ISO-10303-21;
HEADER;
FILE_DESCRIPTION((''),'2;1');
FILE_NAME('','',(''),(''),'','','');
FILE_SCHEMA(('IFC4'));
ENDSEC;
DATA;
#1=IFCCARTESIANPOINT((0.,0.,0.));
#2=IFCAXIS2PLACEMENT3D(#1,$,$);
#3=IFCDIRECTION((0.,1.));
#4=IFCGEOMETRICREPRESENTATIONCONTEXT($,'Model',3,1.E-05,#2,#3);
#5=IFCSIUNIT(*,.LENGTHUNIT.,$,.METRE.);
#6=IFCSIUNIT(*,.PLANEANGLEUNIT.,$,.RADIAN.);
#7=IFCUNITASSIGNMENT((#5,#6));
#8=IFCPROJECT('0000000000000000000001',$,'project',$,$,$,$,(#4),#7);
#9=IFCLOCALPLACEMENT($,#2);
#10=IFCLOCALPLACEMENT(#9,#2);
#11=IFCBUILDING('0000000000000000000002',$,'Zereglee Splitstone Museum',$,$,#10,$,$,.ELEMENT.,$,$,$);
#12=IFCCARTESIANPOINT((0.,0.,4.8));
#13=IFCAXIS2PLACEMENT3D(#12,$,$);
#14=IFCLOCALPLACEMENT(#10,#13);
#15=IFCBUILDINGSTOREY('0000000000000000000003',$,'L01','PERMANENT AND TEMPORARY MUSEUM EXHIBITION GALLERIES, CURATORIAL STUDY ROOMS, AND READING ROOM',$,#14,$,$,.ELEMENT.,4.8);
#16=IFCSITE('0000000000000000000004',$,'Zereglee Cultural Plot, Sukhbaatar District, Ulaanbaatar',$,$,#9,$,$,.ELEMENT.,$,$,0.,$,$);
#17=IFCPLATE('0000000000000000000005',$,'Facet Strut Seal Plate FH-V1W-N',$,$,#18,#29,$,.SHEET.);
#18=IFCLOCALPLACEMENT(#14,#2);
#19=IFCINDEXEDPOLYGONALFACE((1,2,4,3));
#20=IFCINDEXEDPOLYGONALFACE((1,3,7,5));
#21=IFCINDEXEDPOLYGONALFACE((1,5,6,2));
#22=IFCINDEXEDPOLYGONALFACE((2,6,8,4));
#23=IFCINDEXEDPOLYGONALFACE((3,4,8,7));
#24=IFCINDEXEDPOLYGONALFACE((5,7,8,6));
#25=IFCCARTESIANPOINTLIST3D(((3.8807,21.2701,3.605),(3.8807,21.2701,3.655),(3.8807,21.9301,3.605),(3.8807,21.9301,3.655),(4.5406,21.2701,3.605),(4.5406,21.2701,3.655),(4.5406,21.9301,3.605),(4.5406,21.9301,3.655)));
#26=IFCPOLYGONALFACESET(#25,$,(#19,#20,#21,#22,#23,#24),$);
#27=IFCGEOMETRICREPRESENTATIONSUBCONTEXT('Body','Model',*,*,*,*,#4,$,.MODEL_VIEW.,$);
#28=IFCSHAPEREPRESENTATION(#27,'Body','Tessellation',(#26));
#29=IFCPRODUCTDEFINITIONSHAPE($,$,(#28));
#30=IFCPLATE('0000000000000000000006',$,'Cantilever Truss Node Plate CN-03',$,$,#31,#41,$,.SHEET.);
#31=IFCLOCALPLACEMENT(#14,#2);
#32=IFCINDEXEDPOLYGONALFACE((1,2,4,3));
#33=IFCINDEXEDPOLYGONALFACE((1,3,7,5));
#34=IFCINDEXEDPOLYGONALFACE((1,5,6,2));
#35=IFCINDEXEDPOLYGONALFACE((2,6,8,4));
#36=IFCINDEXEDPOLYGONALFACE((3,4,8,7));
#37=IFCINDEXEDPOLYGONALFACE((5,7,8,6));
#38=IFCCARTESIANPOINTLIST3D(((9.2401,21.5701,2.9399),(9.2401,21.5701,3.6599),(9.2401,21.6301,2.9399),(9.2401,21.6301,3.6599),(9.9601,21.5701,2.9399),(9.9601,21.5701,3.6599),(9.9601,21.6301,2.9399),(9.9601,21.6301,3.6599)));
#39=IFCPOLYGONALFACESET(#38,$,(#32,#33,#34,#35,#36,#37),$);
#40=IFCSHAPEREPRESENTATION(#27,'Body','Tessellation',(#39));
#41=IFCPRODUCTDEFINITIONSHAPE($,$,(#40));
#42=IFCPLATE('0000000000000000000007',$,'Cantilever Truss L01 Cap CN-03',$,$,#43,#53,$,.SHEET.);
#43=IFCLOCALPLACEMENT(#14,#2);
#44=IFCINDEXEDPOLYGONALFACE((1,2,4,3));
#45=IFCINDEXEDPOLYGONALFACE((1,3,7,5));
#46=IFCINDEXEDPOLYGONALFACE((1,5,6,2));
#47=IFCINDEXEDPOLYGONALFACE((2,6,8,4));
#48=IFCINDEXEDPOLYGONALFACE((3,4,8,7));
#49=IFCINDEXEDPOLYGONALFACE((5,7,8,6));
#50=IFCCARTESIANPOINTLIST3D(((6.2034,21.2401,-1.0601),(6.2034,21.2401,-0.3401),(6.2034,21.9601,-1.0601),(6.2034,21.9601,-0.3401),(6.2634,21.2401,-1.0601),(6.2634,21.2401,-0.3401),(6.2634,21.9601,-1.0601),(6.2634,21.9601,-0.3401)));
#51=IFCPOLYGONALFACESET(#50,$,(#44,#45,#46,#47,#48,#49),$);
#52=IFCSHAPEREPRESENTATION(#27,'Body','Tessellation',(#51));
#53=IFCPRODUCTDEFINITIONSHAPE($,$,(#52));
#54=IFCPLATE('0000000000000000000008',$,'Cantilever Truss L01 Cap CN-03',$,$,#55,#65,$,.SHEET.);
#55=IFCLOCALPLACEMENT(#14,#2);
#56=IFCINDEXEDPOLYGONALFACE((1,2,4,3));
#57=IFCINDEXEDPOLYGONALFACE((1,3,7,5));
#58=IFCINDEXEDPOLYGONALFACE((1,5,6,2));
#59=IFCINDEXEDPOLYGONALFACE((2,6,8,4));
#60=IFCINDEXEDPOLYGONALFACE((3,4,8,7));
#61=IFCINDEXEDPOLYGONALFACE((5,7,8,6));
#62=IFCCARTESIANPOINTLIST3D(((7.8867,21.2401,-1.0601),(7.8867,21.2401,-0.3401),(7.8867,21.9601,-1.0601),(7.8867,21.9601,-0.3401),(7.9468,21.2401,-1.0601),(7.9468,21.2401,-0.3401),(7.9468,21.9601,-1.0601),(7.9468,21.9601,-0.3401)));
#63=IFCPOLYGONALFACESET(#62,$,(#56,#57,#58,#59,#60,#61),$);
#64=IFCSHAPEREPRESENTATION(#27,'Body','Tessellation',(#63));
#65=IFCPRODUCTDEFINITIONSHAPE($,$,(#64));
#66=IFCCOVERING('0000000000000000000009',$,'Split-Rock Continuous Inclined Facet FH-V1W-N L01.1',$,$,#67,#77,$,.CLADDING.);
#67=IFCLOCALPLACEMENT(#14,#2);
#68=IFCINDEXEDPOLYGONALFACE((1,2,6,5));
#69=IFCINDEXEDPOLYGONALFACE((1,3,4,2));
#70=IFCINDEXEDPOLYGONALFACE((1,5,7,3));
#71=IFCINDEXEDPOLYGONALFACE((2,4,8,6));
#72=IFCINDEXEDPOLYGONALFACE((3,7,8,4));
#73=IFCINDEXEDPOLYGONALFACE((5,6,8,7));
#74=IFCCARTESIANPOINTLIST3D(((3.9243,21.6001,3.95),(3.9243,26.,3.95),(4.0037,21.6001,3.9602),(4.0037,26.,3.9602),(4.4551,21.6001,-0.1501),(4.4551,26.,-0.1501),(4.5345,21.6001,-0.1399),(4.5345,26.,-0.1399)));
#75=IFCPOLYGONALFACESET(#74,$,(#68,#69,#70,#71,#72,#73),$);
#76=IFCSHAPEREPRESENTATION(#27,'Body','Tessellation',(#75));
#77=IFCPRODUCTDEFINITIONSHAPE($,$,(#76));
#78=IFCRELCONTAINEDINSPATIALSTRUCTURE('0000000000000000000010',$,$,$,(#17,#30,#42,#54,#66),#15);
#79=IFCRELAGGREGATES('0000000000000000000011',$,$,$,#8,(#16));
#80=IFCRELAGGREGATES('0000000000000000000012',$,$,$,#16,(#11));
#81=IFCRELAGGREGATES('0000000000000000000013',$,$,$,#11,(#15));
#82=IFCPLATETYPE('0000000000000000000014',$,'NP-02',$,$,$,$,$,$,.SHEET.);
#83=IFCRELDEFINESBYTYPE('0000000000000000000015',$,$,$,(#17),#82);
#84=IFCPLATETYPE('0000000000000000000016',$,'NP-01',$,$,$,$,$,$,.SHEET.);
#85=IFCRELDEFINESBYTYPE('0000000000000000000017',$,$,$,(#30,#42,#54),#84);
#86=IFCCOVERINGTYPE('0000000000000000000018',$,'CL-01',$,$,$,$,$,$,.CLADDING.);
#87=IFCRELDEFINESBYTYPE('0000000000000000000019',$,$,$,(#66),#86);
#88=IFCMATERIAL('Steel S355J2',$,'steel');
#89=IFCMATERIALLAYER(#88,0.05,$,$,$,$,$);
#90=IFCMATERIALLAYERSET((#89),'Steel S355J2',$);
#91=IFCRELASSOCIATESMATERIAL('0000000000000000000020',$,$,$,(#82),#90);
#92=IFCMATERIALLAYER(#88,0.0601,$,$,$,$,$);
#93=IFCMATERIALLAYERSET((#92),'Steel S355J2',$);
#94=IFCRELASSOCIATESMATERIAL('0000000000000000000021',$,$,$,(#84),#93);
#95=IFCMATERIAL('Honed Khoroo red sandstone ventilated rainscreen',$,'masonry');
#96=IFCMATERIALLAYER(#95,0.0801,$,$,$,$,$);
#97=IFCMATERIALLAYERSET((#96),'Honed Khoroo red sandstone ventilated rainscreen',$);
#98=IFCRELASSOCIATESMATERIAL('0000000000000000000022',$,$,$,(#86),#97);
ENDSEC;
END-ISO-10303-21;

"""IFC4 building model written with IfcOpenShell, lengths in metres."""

from ifc_helpers import new_model, si_unit, direction, frame, origin, origin_2d, place, context, subcontext, project, spatial, polyline, rectangle, outline, extrude, material, layer, layer_set, type_object, element, save


model = new_model("IFC4")

# Units and contexts
model_context = context("Model", 3, precision=1e-05, world=origin(), true_north=direction((0.0, 1.0)))
body_context = subcontext(model_context, "Body", "Model", "MODEL_VIEW")
ifc_project = project(units=[si_unit("LENGTHUNIT", "METRE"), si_unit("PLANEANGLEUNIT", "RADIAN")], contexts=[model_context])

# Site, building, storey
site_placement = place(None, origin())
site = spatial("IfcSite", under=ifc_project, at=site_placement, Name="Zereglee Cultural Plot, Sukhbaatar District, Ulaanbaatar", CompositionType="ELEMENT", RefElevation=0.0)
building_placement = place(site_placement, origin())
building = spatial("IfcBuilding", under=site, at=building_placement, Name="Zereglee Splitstone Museum", CompositionType="ELEMENT")
storey_placement = place(building_placement, frame((0.0, 0.0, 4.8)))
storey = spatial("IfcBuildingStorey", under=building, at=storey_placement, Name="L01", Description="PERMANENT AND TEMPORARY MUSEUM EXHIBITION GALLERIES, CURATORIAL STUDY ROOMS, AND READING ROOM", CompositionType="ELEMENT", Elevation=4.8)

# Shared definitions
ifc_material_1 = material(Name="Steel S355J2", Category="steel")

# Plates
ifc_layer_1 = layer(ifc_material_1, 0.05)
ifc_layer_set_1 = layer_set([ifc_layer_1], Name="Steel S355J2")
plate_type_1 = type_object("IfcPlateType", Name="NP-02", PredefinedType="SHEET", material=ifc_layer_set_1)
for number, where, z_axis, x_axis, name in (
    (1, (4.2107, 21.6001, 3.605), (0.0, 0.0, 1.0), (1.0, 0.0, 0.0), "Facet Strut Seal Plate FH-V1W-N"),
):
    element("IfcPlate", number, at=place(storey_placement, frame(where, z_axis=z_axis, x_axis=x_axis)), inside=storey, type_object=plate_type_1, Name=name, PredefinedType="SHEET", context=body_context, shape_type="SweptSolid", body=[
        extrude(rectangle(XDim=0.6599, YDim=0.6599, at=origin_2d()), origin(), (0.0, 0.0, 1.0), 0.05),
    ])
ifc_layer_2 = layer(ifc_material_1, 0.0601)
ifc_layer_set_2 = layer_set([ifc_layer_2], Name="Steel S355J2")
plate_type_2 = type_object("IfcPlateType", Name="NP-01", PredefinedType="SHEET", material=ifc_layer_set_2)
plate_1_placement = place(storey_placement, frame((9.6001, 21.6001, 2.9399), z_axis=(0.0, 0.0, 1.0), x_axis=(1.0, 0.0, 0.0)))
element("IfcPlate", 2, at=plate_1_placement, inside=storey, type_object=plate_type_2, Name="Cantilever Truss Node Plate CN-03", PredefinedType="SHEET", context=body_context, shape_type="SweptSolid", body=[
    extrude(rectangle(XDim=0.72, YDim=0.0601, at=origin_2d()), origin(), (0.0, 0.0, 1.0), 0.72),
])
for number, where, z_axis, x_axis, name in (
    (3, (6.2334, 21.6001, -1.0601), (0.0, 0.0, 1.0), (1.0, 0.0, 0.0), "Cantilever Truss L01 Cap CN-03"),
    (4, (7.9167, 21.6001, -1.0601), (0.0, 0.0, 1.0), (1.0, 0.0, 0.0), "Cantilever Truss L01 Cap CN-03"),
):
    element("IfcPlate", number, at=place(storey_placement, frame(where, z_axis=z_axis, x_axis=x_axis)), inside=storey, type_object=plate_type_2, Name=name, PredefinedType="SHEET", context=body_context, shape_type="SweptSolid", body=[
        extrude(rectangle(XDim=0.0601, YDim=0.72, at=origin_2d()), origin(), (0.0, 0.0, 1.0), 0.72),
    ])

# Covering
ifc_material_2 = material(Name="Honed Khoroo red sandstone ventilated rainscreen", Category="masonry")
ifc_layer_3 = layer(ifc_material_2, 0.0801)
ifc_layer_set_3 = layer_set([ifc_layer_3], Name="Honed Khoroo red sandstone ventilated rainscreen")
covering_type = type_object("IfcCoveringType", Name="CL-01", PredefinedType="CLADDING", material=ifc_layer_set_3)
covering_placement = place(storey_placement, frame((3.9243, 21.6001, 3.95), z_axis=(-0.991725, 0.0, -0.12838), x_axis=(0.0, 1.0, 0.0)))
element("IfcCovering", 5, at=covering_placement, inside=storey, type_object=covering_type, Name="Split-Rock Continuous Inclined Facet FH-V1W-N L01.1", PredefinedType="CLADDING", context=body_context, shape_type="SweptSolid", body=[
    extrude(outline(polyline([(0.0, 0.0), (4.3999, 0.0), (4.3999, 4.1343), (0.0, 4.1343), (0.0, 0.0)])), origin(), (0.0, 0.0, -1.0), 0.0801),
])

save(model, "model.ifc")
